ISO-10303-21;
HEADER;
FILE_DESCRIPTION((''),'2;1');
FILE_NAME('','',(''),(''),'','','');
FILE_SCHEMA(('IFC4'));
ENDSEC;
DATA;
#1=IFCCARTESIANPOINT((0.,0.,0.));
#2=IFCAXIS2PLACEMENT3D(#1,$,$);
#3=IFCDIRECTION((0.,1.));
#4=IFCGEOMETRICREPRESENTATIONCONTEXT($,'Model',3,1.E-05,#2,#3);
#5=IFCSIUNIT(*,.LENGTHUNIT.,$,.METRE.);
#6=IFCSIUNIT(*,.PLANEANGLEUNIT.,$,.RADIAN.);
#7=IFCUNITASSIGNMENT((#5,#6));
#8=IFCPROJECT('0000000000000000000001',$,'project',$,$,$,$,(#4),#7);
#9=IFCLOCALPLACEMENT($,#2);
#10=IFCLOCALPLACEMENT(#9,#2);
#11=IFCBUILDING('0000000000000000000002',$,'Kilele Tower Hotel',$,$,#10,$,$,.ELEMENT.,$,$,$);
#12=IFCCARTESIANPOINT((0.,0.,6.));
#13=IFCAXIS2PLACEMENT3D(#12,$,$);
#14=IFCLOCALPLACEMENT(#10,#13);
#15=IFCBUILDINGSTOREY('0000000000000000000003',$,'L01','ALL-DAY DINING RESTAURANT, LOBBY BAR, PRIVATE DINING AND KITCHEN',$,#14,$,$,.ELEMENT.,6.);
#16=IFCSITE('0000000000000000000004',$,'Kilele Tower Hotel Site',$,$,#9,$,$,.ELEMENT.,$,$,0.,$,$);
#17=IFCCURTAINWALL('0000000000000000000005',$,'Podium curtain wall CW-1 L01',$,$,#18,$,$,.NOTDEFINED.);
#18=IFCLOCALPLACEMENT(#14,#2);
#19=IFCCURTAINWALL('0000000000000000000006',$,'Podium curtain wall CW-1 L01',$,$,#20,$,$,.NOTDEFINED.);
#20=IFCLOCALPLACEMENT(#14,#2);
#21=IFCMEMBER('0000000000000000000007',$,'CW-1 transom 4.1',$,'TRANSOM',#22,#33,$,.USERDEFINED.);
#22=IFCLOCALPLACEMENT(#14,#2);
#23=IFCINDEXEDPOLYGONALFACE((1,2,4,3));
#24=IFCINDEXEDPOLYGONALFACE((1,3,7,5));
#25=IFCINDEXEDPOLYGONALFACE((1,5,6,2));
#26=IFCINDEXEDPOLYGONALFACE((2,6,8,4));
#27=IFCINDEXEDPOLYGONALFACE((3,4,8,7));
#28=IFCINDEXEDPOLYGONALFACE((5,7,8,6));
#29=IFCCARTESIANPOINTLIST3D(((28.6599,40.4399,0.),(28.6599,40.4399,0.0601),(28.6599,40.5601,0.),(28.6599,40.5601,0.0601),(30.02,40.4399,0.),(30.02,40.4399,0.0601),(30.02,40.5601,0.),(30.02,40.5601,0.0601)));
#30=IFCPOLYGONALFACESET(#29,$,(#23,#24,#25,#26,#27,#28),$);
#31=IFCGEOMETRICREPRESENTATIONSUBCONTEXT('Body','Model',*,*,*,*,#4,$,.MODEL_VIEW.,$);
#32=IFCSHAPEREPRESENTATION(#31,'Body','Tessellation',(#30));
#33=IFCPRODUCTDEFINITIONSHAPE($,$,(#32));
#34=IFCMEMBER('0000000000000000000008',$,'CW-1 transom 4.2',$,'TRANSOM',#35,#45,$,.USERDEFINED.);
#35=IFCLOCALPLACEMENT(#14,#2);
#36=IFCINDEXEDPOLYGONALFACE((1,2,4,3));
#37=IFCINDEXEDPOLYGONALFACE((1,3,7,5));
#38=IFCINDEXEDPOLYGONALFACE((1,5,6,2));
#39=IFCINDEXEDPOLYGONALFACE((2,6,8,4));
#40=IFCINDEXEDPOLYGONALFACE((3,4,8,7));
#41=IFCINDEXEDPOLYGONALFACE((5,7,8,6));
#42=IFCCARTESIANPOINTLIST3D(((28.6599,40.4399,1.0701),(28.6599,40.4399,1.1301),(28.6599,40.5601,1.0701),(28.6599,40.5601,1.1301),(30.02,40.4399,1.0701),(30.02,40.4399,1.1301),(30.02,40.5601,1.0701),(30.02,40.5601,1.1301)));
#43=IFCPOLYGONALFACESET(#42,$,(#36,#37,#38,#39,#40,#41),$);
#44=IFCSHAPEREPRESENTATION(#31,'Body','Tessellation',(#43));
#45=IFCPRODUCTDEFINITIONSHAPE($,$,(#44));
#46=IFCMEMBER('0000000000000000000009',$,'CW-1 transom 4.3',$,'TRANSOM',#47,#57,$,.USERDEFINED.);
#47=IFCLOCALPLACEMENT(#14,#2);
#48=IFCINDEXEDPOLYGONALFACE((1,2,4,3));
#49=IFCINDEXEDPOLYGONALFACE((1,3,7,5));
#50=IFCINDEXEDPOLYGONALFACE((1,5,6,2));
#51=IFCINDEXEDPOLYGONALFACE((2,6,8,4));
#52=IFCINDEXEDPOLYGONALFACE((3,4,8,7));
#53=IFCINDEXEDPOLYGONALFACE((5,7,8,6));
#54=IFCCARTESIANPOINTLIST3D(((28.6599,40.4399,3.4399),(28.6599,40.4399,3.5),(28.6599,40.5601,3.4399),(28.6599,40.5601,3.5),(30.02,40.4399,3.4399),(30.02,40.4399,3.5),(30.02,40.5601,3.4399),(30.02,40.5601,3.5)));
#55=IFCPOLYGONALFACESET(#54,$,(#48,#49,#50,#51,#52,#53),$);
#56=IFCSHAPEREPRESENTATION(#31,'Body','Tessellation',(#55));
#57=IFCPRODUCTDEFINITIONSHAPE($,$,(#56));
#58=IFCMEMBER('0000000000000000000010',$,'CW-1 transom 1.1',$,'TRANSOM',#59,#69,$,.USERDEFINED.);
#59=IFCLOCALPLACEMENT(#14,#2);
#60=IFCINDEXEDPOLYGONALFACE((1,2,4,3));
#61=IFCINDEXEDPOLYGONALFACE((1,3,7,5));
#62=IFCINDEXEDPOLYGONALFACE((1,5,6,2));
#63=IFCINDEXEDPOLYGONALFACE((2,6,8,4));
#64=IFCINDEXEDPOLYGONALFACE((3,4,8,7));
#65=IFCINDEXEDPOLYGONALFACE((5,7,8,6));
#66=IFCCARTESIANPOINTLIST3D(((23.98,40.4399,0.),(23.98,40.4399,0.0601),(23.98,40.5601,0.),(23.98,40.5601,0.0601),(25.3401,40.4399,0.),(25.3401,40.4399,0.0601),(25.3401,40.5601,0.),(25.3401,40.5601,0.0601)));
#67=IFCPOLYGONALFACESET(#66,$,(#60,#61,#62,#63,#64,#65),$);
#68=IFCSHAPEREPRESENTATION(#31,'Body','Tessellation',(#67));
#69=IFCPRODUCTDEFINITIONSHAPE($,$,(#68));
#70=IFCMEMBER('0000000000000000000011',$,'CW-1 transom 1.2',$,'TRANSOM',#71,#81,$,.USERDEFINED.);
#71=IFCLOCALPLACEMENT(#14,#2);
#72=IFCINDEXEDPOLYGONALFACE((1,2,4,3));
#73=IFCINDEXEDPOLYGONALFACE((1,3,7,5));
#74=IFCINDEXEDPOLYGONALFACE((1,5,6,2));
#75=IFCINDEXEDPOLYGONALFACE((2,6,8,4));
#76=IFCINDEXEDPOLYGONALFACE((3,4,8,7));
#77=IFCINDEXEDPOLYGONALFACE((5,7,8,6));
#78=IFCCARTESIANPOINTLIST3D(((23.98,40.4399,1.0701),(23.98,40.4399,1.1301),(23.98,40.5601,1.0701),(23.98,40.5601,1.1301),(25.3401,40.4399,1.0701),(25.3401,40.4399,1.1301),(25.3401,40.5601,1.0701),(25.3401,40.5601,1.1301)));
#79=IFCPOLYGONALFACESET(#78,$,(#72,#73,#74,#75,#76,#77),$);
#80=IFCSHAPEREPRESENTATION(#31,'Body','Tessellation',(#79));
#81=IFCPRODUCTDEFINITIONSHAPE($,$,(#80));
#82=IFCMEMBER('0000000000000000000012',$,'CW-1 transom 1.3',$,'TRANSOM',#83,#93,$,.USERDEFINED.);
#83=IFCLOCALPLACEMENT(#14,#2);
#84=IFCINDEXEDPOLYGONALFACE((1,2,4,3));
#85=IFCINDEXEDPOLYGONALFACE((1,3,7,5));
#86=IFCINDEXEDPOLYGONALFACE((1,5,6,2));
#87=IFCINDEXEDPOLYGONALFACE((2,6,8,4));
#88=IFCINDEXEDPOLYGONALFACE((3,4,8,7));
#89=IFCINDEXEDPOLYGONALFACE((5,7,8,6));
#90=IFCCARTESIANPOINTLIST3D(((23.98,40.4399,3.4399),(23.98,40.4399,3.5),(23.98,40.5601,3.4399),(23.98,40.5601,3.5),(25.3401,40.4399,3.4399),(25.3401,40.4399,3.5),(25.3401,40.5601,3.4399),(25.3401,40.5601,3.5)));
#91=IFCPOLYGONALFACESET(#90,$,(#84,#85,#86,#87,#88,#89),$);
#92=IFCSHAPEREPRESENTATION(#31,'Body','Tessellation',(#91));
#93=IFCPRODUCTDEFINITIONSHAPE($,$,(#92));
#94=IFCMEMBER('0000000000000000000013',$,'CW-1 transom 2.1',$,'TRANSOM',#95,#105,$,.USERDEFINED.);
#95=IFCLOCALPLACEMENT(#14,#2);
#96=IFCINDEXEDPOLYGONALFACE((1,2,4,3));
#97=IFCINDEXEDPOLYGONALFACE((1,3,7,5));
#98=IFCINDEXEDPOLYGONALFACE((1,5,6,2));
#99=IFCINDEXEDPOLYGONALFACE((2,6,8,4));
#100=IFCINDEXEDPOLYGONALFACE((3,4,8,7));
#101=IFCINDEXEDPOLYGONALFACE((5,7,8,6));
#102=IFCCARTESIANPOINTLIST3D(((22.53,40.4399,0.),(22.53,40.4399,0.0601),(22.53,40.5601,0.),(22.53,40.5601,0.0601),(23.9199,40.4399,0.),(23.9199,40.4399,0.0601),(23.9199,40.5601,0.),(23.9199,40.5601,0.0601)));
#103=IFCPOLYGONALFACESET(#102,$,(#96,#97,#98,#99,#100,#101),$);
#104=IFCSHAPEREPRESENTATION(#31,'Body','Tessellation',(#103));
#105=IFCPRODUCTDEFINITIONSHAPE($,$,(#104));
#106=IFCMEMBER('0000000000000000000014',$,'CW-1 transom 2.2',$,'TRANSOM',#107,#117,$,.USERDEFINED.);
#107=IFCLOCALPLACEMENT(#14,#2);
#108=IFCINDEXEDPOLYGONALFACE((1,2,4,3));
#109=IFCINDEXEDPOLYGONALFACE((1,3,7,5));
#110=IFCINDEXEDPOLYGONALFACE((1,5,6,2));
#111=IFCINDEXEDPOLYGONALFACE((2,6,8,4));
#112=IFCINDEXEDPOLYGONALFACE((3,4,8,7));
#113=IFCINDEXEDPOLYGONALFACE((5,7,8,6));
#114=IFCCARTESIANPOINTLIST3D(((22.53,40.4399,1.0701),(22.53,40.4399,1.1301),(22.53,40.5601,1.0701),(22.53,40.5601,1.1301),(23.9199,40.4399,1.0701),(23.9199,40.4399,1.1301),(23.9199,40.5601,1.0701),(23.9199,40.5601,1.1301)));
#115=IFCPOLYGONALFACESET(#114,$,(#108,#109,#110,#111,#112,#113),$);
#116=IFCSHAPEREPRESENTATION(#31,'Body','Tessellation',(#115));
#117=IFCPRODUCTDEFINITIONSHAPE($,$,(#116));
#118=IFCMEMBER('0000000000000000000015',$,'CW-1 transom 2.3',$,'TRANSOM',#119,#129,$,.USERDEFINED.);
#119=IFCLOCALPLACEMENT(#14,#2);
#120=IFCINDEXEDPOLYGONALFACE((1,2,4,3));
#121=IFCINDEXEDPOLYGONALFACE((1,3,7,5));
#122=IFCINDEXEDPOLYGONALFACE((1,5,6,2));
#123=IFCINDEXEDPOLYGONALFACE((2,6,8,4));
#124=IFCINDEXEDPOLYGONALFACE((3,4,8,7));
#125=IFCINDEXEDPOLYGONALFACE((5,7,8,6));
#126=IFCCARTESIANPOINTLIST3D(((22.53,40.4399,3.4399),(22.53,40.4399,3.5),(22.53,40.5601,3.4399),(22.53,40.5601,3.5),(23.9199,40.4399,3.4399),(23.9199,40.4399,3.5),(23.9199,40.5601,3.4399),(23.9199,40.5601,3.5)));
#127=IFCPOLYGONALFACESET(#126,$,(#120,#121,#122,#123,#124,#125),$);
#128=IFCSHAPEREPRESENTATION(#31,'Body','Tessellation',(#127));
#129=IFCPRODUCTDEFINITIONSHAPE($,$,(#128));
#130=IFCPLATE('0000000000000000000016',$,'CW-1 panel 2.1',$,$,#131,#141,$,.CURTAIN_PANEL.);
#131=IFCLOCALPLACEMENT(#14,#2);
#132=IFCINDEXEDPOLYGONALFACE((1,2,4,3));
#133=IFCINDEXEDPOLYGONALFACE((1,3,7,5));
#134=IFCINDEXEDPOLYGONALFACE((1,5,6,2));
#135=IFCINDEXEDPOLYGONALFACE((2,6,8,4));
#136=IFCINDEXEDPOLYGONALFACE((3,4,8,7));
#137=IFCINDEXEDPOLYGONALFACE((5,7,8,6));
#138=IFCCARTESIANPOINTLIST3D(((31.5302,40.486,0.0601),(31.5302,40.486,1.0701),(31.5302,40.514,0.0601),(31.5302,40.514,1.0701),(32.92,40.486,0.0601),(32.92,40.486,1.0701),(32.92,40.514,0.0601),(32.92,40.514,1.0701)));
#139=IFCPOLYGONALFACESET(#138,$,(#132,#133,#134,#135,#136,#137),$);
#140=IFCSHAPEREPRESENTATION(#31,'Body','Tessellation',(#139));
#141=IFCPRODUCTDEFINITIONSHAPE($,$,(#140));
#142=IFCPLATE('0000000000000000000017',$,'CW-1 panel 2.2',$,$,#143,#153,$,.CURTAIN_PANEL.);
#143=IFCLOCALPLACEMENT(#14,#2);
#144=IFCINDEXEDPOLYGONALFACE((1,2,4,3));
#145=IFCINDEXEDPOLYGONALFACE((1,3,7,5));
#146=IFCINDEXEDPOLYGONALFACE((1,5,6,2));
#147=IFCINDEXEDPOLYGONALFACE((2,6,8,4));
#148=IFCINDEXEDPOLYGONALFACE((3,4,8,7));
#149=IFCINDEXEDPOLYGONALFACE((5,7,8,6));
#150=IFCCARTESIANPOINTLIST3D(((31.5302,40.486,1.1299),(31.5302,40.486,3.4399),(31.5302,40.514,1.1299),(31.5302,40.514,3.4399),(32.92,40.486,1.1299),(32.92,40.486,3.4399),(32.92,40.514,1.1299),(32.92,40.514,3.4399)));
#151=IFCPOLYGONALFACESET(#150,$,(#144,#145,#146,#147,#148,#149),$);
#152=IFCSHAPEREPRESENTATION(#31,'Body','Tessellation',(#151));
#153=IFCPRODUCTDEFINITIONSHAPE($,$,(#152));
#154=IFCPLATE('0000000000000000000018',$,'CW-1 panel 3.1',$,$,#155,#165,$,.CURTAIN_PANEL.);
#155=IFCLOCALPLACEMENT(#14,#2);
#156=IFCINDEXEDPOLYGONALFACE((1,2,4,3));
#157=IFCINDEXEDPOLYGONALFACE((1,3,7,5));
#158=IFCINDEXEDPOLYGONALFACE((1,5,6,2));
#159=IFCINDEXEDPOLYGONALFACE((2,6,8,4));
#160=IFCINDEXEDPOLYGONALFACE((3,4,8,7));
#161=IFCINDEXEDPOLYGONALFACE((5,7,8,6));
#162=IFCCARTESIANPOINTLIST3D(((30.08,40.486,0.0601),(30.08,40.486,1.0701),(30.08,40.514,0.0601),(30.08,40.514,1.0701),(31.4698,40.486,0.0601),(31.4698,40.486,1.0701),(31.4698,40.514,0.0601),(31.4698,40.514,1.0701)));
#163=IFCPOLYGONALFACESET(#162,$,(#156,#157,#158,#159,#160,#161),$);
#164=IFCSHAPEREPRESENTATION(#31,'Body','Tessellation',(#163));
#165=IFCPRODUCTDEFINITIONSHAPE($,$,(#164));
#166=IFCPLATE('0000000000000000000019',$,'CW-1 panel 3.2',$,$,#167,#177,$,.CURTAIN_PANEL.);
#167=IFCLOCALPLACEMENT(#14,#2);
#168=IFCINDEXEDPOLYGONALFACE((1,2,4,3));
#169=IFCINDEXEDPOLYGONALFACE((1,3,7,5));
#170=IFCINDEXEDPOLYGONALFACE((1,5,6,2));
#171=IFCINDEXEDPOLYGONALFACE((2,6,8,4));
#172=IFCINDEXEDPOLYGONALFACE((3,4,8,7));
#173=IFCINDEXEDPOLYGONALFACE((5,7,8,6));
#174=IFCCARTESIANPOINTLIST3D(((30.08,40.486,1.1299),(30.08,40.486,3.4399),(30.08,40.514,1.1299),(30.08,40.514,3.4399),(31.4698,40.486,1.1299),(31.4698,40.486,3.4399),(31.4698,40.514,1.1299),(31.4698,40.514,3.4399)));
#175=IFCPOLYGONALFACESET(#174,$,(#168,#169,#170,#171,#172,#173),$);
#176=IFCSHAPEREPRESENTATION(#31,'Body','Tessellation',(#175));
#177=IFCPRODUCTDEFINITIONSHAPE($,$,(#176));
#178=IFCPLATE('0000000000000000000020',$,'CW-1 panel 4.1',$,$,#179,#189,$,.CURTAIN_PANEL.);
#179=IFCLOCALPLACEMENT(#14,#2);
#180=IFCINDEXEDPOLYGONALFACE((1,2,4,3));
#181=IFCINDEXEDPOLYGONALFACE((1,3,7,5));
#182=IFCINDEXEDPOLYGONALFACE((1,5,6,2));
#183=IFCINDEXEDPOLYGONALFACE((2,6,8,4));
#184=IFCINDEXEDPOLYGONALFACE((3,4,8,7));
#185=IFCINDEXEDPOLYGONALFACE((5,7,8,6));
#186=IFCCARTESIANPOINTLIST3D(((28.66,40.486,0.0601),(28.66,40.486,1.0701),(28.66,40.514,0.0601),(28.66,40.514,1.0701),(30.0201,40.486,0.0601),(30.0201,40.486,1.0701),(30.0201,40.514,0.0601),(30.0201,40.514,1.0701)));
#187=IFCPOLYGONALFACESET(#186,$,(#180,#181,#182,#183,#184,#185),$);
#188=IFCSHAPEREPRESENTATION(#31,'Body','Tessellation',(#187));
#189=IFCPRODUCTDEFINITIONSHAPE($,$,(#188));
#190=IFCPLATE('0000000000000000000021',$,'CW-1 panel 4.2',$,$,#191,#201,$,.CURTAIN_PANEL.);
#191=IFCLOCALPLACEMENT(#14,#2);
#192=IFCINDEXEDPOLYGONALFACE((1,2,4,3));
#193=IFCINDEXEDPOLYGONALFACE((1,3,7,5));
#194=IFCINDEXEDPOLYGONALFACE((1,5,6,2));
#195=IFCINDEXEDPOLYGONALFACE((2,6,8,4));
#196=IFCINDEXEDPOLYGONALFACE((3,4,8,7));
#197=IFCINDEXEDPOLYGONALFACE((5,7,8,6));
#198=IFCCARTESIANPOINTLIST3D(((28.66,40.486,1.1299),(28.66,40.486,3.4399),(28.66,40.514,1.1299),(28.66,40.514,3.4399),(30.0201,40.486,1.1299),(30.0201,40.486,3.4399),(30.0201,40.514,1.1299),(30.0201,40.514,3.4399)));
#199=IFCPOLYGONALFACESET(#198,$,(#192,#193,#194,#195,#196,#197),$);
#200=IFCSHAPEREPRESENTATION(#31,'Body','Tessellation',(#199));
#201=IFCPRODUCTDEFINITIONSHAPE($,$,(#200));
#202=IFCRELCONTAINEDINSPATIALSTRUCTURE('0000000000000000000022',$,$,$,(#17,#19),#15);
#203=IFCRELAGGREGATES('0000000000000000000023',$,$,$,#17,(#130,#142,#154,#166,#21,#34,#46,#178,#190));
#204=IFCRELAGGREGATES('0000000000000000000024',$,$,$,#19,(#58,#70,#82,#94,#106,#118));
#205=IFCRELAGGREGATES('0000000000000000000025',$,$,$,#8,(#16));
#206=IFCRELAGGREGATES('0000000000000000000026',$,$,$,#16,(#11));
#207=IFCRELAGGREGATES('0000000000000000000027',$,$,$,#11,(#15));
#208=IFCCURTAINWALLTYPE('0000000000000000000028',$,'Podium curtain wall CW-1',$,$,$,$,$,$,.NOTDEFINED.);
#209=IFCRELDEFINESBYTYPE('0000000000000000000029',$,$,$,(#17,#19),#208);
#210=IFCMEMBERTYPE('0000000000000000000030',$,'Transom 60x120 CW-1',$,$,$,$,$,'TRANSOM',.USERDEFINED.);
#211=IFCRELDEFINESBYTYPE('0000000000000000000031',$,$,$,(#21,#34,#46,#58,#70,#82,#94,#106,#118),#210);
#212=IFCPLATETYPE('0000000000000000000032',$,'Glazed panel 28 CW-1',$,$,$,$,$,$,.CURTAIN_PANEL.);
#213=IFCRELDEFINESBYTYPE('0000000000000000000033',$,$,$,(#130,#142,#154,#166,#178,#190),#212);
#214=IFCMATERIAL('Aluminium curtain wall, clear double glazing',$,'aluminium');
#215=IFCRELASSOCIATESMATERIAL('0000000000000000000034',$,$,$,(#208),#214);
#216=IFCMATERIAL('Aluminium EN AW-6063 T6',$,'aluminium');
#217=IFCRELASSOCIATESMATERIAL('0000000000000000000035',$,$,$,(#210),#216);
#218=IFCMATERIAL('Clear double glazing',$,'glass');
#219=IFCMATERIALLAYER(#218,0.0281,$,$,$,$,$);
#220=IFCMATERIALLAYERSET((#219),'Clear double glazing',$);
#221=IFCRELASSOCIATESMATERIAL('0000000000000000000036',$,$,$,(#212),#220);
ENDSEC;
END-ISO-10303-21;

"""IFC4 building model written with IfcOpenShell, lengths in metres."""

from ifc_helpers import new_model, si_unit, direction, frame, origin, origin_2d, place, context, subcontext, project, spatial, rectangle, extrude, material, layer, layer_set, material_profile, profile_set, type_object, element, aggregate, save


model = new_model("IFC4")

# Units and contexts
model_context = context("Model", 3, precision=1e-05, world=origin(), true_north=direction((0.0, 1.0)))
body_context = subcontext(model_context, "Body", "Model", "MODEL_VIEW")
ifc_project = project(units=[si_unit("LENGTHUNIT", "METRE"), si_unit("PLANEANGLEUNIT", "RADIAN")], contexts=[model_context])

# Site, building, storey
site_placement = place(None, origin())
site = spatial("IfcSite", under=ifc_project, at=site_placement, Name="Kilele Tower Hotel Site", CompositionType="ELEMENT", RefElevation=0.0)
building_placement = place(site_placement, origin())
building = spatial("IfcBuilding", under=site, at=building_placement, Name="Kilele Tower Hotel", CompositionType="ELEMENT")
storey_placement = place(building_placement, frame((0.0, 0.0, 6.0)))
storey = spatial("IfcBuildingStorey", under=building, at=storey_placement, Name="L01", Description="ALL-DAY DINING RESTAURANT, LOBBY BAR, PRIVATE DINING AND KITCHEN", CompositionType="ELEMENT", Elevation=6.0)

# Curtain walls
ifc_material_1 = material(Name="Aluminium curtain wall, clear double glazing", Category="aluminium")
curtain_wall_type = type_object("IfcCurtainWallType", Name="Podium curtain wall CW-1", PredefinedType="NOTDEFINED", material=ifc_material_1)
curtain_wall_1_placement = place(storey_placement, origin())
curtain_wall_1 = element("IfcCurtainWall", 1, at=curtain_wall_1_placement, inside=storey, type_object=curtain_wall_type, Name="Podium curtain wall CW-1 L01", PredefinedType="NOTDEFINED")
curtain_wall_2_placement = place(storey_placement, origin())
curtain_wall_2 = element("IfcCurtainWall", 2, at=curtain_wall_2_placement, inside=storey, type_object=curtain_wall_type, Name="Podium curtain wall CW-1 L01", PredefinedType="NOTDEFINED")

# Members
ifc_material_2 = material(Name="Aluminium EN AW-6063 T6", Category="aluminium")
ifc_material_profile_1 = material_profile(ifc_material_2, rectangle(XDim=0.1201, YDim=0.0601, at=origin_2d()))
ifc_profile_set_1 = profile_set([ifc_material_profile_1], Name="Aluminium EN AW-6063 T6")
member_type_1 = type_object("IfcMemberType", Name="Transom 60x120 CW-1", ElementType="TRANSOM", PredefinedType="USERDEFINED", material=ifc_profile_set_1)
member_1_placement = place(storey_placement, frame((30.02, 40.5, 0.03), z_axis=(-1.0, 0.0, 0.0), x_axis=(0.0, -1.0, 0.0)))
member_1 = element("IfcMember", 3, at=member_1_placement, type_object=member_type_1, Name="CW-1 transom 4.1", ObjectType="TRANSOM", PredefinedType="USERDEFINED", context=body_context, shape_type="SweptSolid", body=[
    extrude(rectangle(XDim=0.1201, YDim=0.0601, at=origin_2d()), origin(), (0.0, 0.0, 1.0), 1.3601),
])
member_2_placement = place(storey_placement, frame((30.02, 40.5, 1.1001), z_axis=(-1.0, 0.0, 0.0), x_axis=(0.0, -1.0, 0.0)))
member_2 = element("IfcMember", 4, at=member_2_placement, type_object=member_type_1, Name="CW-1 transom 4.2", ObjectType="TRANSOM", PredefinedType="USERDEFINED", context=body_context, shape_type="SweptSolid", body=[
    extrude(rectangle(XDim=0.1201, YDim=0.0601, at=origin_2d()), origin(), (0.0, 0.0, 1.0), 1.3601),
])
member_3_placement = place(storey_placement, frame((30.02, 40.5, 3.47), z_axis=(-1.0, 0.0, 0.0), x_axis=(0.0, -1.0, 0.0)))
member_3 = element("IfcMember", 5, at=member_3_placement, type_object=member_type_1, Name="CW-1 transom 4.3", ObjectType="TRANSOM", PredefinedType="USERDEFINED", context=body_context, shape_type="SweptSolid", body=[
    extrude(rectangle(XDim=0.1201, YDim=0.0601, at=origin_2d()), origin(), (0.0, 0.0, 1.0), 1.3601),
])
member_4_placement = place(storey_placement, frame((25.3401, 40.5, 0.03), z_axis=(-1.0, 0.0, 0.0), x_axis=(0.0, -1.0, 0.0)))
member_4 = element("IfcMember", 6, at=member_4_placement, type_object=member_type_1, Name="CW-1 transom 1.1", ObjectType="TRANSOM", PredefinedType="USERDEFINED", context=body_context, shape_type="SweptSolid", body=[
    extrude(rectangle(XDim=0.1201, YDim=0.0601, at=origin_2d()), origin(), (0.0, 0.0, 1.0), 1.3601),
])
member_5_placement = place(storey_placement, frame((25.3401, 40.5, 1.1001), z_axis=(-1.0, 0.0, 0.0), x_axis=(0.0, -1.0, 0.0)))
member_5 = element("IfcMember", 7, at=member_5_placement, type_object=member_type_1, Name="CW-1 transom 1.2", ObjectType="TRANSOM", PredefinedType="USERDEFINED", context=body_context, shape_type="SweptSolid", body=[
    extrude(rectangle(XDim=0.1201, YDim=0.0601, at=origin_2d()), origin(), (0.0, 0.0, 1.0), 1.3601),
])
member_6_placement = place(storey_placement, frame((25.3401, 40.5, 3.47), z_axis=(-1.0, 0.0, 0.0), x_axis=(0.0, -1.0, 0.0)))
member_6 = element("IfcMember", 8, at=member_6_placement, type_object=member_type_1, Name="CW-1 transom 1.3", ObjectType="TRANSOM", PredefinedType="USERDEFINED", context=body_context, shape_type="SweptSolid", body=[
    extrude(rectangle(XDim=0.1201, YDim=0.0601, at=origin_2d()), origin(), (0.0, 0.0, 1.0), 1.3601),
])
member_7_placement = place(storey_placement, frame((23.9199, 40.5, 0.03), z_axis=(-1.0, 0.0, 0.0), x_axis=(0.0, -1.0, 0.0)))
member_7 = element("IfcMember", 9, at=member_7_placement, type_object=member_type_1, Name="CW-1 transom 2.1", ObjectType="TRANSOM", PredefinedType="USERDEFINED", context=body_context, shape_type="SweptSolid", body=[
    extrude(rectangle(XDim=0.1201, YDim=0.0601, at=origin_2d()), origin(), (0.0, 0.0, 1.0), 1.3899),
])
member_8_placement = place(storey_placement, frame((23.9199, 40.5, 1.1001), z_axis=(-1.0, 0.0, 0.0), x_axis=(0.0, -1.0, 0.0)))
member_8 = element("IfcMember", 10, at=member_8_placement, type_object=member_type_1, Name="CW-1 transom 2.2", ObjectType="TRANSOM", PredefinedType="USERDEFINED", context=body_context, shape_type="SweptSolid", body=[
    extrude(rectangle(XDim=0.1201, YDim=0.0601, at=origin_2d()), origin(), (0.0, 0.0, 1.0), 1.3899),
])
member_9_placement = place(storey_placement, frame((23.9199, 40.5, 3.47), z_axis=(-1.0, 0.0, 0.0), x_axis=(0.0, -1.0, 0.0)))
member_9 = element("IfcMember", 11, at=member_9_placement, type_object=member_type_1, Name="CW-1 transom 2.3", ObjectType="TRANSOM", PredefinedType="USERDEFINED", context=body_context, shape_type="SweptSolid", body=[
    extrude(rectangle(XDim=0.1201, YDim=0.0601, at=origin_2d()), origin(), (0.0, 0.0, 1.0), 1.3899),
])

# Plates
ifc_material_3 = material(Name="Clear double glazing", Category="glass")
ifc_layer = layer(ifc_material_3, 0.0281)
ifc_layer_set = layer_set([ifc_layer], Name="Clear double glazing")
plate_type = type_object("IfcPlateType", Name="Glazed panel 28 CW-1", PredefinedType="CURTAIN_PANEL", material=ifc_layer_set)
plate_1_placement = place(storey_placement, frame((32.2251, 40.5, 0.0601), z_axis=(0.0, 0.0, 1.0), x_axis=(-1.0, 0.0, 0.0)))
plate_1 = element("IfcPlate", 12, at=plate_1_placement, type_object=plate_type, Name="CW-1 panel 2.1", PredefinedType="CURTAIN_PANEL", context=body_context, shape_type="SweptSolid", body=[
    extrude(rectangle(XDim=1.3899, YDim=0.0281, at=origin_2d()), origin(), (0.0, 0.0, 1.0), 1.01),
])
plate_2_placement = place(storey_placement, frame((32.2251, 40.5, 1.1299), z_axis=(0.0, 0.0, 1.0), x_axis=(-1.0, 0.0, 0.0)))
plate_2 = element("IfcPlate", 13, at=plate_2_placement, type_object=plate_type, Name="CW-1 panel 2.2", PredefinedType="CURTAIN_PANEL", context=body_context, shape_type="SweptSolid", body=[
    extrude(rectangle(XDim=1.3899, YDim=0.0281, at=origin_2d()), origin(), (0.0, 0.0, 1.0), 2.3101),
])
plate_3_placement = place(storey_placement, frame((30.7749, 40.5, 0.0601), z_axis=(0.0, 0.0, 1.0), x_axis=(-1.0, 0.0, 0.0)))
plate_3 = element("IfcPlate", 14, at=plate_3_placement, type_object=plate_type, Name="CW-1 panel 3.1", PredefinedType="CURTAIN_PANEL", context=body_context, shape_type="SweptSolid", body=[
    extrude(rectangle(XDim=1.3899, YDim=0.0281, at=origin_2d()), origin(), (0.0, 0.0, 1.0), 1.01),
])
plate_4_placement = place(storey_placement, frame((30.7749, 40.5, 1.1299), z_axis=(0.0, 0.0, 1.0), x_axis=(-1.0, 0.0, 0.0)))
plate_4 = element("IfcPlate", 15, at=plate_4_placement, type_object=plate_type, Name="CW-1 panel 3.2", PredefinedType="CURTAIN_PANEL", context=body_context, shape_type="SweptSolid", body=[
    extrude(rectangle(XDim=1.3899, YDim=0.0281, at=origin_2d()), origin(), (0.0, 0.0, 1.0), 2.3101),
])
plate_5_placement = place(storey_placement, frame((29.3401, 40.5, 0.0601), z_axis=(0.0, 0.0, 1.0), x_axis=(-1.0, 0.0, 0.0)))
plate_5 = element("IfcPlate", 16, at=plate_5_placement, type_object=plate_type, Name="CW-1 panel 4.1", PredefinedType="CURTAIN_PANEL", context=body_context, shape_type="SweptSolid", body=[
    extrude(rectangle(XDim=1.3601, YDim=0.0281, at=origin_2d()), origin(), (0.0, 0.0, 1.0), 1.01),
])
plate_6_placement = place(storey_placement, frame((29.3401, 40.5, 1.1299), z_axis=(0.0, 0.0, 1.0), x_axis=(-1.0, 0.0, 0.0)))
plate_6 = element("IfcPlate", 17, at=plate_6_placement, type_object=plate_type, Name="CW-1 panel 4.2", PredefinedType="CURTAIN_PANEL", context=body_context, shape_type="SweptSolid", body=[
    extrude(rectangle(XDim=1.3601, YDim=0.0281, at=origin_2d()), origin(), (0.0, 0.0, 1.0), 2.3101),
])
aggregate(curtain_wall_1, [plate_1, plate_2, plate_3, plate_4, member_1, member_2, member_3, plate_5, plate_6])
aggregate(curtain_wall_2, [member_4, member_5, member_6, member_7, member_8, member_9])

save(model, "model.ifc")
